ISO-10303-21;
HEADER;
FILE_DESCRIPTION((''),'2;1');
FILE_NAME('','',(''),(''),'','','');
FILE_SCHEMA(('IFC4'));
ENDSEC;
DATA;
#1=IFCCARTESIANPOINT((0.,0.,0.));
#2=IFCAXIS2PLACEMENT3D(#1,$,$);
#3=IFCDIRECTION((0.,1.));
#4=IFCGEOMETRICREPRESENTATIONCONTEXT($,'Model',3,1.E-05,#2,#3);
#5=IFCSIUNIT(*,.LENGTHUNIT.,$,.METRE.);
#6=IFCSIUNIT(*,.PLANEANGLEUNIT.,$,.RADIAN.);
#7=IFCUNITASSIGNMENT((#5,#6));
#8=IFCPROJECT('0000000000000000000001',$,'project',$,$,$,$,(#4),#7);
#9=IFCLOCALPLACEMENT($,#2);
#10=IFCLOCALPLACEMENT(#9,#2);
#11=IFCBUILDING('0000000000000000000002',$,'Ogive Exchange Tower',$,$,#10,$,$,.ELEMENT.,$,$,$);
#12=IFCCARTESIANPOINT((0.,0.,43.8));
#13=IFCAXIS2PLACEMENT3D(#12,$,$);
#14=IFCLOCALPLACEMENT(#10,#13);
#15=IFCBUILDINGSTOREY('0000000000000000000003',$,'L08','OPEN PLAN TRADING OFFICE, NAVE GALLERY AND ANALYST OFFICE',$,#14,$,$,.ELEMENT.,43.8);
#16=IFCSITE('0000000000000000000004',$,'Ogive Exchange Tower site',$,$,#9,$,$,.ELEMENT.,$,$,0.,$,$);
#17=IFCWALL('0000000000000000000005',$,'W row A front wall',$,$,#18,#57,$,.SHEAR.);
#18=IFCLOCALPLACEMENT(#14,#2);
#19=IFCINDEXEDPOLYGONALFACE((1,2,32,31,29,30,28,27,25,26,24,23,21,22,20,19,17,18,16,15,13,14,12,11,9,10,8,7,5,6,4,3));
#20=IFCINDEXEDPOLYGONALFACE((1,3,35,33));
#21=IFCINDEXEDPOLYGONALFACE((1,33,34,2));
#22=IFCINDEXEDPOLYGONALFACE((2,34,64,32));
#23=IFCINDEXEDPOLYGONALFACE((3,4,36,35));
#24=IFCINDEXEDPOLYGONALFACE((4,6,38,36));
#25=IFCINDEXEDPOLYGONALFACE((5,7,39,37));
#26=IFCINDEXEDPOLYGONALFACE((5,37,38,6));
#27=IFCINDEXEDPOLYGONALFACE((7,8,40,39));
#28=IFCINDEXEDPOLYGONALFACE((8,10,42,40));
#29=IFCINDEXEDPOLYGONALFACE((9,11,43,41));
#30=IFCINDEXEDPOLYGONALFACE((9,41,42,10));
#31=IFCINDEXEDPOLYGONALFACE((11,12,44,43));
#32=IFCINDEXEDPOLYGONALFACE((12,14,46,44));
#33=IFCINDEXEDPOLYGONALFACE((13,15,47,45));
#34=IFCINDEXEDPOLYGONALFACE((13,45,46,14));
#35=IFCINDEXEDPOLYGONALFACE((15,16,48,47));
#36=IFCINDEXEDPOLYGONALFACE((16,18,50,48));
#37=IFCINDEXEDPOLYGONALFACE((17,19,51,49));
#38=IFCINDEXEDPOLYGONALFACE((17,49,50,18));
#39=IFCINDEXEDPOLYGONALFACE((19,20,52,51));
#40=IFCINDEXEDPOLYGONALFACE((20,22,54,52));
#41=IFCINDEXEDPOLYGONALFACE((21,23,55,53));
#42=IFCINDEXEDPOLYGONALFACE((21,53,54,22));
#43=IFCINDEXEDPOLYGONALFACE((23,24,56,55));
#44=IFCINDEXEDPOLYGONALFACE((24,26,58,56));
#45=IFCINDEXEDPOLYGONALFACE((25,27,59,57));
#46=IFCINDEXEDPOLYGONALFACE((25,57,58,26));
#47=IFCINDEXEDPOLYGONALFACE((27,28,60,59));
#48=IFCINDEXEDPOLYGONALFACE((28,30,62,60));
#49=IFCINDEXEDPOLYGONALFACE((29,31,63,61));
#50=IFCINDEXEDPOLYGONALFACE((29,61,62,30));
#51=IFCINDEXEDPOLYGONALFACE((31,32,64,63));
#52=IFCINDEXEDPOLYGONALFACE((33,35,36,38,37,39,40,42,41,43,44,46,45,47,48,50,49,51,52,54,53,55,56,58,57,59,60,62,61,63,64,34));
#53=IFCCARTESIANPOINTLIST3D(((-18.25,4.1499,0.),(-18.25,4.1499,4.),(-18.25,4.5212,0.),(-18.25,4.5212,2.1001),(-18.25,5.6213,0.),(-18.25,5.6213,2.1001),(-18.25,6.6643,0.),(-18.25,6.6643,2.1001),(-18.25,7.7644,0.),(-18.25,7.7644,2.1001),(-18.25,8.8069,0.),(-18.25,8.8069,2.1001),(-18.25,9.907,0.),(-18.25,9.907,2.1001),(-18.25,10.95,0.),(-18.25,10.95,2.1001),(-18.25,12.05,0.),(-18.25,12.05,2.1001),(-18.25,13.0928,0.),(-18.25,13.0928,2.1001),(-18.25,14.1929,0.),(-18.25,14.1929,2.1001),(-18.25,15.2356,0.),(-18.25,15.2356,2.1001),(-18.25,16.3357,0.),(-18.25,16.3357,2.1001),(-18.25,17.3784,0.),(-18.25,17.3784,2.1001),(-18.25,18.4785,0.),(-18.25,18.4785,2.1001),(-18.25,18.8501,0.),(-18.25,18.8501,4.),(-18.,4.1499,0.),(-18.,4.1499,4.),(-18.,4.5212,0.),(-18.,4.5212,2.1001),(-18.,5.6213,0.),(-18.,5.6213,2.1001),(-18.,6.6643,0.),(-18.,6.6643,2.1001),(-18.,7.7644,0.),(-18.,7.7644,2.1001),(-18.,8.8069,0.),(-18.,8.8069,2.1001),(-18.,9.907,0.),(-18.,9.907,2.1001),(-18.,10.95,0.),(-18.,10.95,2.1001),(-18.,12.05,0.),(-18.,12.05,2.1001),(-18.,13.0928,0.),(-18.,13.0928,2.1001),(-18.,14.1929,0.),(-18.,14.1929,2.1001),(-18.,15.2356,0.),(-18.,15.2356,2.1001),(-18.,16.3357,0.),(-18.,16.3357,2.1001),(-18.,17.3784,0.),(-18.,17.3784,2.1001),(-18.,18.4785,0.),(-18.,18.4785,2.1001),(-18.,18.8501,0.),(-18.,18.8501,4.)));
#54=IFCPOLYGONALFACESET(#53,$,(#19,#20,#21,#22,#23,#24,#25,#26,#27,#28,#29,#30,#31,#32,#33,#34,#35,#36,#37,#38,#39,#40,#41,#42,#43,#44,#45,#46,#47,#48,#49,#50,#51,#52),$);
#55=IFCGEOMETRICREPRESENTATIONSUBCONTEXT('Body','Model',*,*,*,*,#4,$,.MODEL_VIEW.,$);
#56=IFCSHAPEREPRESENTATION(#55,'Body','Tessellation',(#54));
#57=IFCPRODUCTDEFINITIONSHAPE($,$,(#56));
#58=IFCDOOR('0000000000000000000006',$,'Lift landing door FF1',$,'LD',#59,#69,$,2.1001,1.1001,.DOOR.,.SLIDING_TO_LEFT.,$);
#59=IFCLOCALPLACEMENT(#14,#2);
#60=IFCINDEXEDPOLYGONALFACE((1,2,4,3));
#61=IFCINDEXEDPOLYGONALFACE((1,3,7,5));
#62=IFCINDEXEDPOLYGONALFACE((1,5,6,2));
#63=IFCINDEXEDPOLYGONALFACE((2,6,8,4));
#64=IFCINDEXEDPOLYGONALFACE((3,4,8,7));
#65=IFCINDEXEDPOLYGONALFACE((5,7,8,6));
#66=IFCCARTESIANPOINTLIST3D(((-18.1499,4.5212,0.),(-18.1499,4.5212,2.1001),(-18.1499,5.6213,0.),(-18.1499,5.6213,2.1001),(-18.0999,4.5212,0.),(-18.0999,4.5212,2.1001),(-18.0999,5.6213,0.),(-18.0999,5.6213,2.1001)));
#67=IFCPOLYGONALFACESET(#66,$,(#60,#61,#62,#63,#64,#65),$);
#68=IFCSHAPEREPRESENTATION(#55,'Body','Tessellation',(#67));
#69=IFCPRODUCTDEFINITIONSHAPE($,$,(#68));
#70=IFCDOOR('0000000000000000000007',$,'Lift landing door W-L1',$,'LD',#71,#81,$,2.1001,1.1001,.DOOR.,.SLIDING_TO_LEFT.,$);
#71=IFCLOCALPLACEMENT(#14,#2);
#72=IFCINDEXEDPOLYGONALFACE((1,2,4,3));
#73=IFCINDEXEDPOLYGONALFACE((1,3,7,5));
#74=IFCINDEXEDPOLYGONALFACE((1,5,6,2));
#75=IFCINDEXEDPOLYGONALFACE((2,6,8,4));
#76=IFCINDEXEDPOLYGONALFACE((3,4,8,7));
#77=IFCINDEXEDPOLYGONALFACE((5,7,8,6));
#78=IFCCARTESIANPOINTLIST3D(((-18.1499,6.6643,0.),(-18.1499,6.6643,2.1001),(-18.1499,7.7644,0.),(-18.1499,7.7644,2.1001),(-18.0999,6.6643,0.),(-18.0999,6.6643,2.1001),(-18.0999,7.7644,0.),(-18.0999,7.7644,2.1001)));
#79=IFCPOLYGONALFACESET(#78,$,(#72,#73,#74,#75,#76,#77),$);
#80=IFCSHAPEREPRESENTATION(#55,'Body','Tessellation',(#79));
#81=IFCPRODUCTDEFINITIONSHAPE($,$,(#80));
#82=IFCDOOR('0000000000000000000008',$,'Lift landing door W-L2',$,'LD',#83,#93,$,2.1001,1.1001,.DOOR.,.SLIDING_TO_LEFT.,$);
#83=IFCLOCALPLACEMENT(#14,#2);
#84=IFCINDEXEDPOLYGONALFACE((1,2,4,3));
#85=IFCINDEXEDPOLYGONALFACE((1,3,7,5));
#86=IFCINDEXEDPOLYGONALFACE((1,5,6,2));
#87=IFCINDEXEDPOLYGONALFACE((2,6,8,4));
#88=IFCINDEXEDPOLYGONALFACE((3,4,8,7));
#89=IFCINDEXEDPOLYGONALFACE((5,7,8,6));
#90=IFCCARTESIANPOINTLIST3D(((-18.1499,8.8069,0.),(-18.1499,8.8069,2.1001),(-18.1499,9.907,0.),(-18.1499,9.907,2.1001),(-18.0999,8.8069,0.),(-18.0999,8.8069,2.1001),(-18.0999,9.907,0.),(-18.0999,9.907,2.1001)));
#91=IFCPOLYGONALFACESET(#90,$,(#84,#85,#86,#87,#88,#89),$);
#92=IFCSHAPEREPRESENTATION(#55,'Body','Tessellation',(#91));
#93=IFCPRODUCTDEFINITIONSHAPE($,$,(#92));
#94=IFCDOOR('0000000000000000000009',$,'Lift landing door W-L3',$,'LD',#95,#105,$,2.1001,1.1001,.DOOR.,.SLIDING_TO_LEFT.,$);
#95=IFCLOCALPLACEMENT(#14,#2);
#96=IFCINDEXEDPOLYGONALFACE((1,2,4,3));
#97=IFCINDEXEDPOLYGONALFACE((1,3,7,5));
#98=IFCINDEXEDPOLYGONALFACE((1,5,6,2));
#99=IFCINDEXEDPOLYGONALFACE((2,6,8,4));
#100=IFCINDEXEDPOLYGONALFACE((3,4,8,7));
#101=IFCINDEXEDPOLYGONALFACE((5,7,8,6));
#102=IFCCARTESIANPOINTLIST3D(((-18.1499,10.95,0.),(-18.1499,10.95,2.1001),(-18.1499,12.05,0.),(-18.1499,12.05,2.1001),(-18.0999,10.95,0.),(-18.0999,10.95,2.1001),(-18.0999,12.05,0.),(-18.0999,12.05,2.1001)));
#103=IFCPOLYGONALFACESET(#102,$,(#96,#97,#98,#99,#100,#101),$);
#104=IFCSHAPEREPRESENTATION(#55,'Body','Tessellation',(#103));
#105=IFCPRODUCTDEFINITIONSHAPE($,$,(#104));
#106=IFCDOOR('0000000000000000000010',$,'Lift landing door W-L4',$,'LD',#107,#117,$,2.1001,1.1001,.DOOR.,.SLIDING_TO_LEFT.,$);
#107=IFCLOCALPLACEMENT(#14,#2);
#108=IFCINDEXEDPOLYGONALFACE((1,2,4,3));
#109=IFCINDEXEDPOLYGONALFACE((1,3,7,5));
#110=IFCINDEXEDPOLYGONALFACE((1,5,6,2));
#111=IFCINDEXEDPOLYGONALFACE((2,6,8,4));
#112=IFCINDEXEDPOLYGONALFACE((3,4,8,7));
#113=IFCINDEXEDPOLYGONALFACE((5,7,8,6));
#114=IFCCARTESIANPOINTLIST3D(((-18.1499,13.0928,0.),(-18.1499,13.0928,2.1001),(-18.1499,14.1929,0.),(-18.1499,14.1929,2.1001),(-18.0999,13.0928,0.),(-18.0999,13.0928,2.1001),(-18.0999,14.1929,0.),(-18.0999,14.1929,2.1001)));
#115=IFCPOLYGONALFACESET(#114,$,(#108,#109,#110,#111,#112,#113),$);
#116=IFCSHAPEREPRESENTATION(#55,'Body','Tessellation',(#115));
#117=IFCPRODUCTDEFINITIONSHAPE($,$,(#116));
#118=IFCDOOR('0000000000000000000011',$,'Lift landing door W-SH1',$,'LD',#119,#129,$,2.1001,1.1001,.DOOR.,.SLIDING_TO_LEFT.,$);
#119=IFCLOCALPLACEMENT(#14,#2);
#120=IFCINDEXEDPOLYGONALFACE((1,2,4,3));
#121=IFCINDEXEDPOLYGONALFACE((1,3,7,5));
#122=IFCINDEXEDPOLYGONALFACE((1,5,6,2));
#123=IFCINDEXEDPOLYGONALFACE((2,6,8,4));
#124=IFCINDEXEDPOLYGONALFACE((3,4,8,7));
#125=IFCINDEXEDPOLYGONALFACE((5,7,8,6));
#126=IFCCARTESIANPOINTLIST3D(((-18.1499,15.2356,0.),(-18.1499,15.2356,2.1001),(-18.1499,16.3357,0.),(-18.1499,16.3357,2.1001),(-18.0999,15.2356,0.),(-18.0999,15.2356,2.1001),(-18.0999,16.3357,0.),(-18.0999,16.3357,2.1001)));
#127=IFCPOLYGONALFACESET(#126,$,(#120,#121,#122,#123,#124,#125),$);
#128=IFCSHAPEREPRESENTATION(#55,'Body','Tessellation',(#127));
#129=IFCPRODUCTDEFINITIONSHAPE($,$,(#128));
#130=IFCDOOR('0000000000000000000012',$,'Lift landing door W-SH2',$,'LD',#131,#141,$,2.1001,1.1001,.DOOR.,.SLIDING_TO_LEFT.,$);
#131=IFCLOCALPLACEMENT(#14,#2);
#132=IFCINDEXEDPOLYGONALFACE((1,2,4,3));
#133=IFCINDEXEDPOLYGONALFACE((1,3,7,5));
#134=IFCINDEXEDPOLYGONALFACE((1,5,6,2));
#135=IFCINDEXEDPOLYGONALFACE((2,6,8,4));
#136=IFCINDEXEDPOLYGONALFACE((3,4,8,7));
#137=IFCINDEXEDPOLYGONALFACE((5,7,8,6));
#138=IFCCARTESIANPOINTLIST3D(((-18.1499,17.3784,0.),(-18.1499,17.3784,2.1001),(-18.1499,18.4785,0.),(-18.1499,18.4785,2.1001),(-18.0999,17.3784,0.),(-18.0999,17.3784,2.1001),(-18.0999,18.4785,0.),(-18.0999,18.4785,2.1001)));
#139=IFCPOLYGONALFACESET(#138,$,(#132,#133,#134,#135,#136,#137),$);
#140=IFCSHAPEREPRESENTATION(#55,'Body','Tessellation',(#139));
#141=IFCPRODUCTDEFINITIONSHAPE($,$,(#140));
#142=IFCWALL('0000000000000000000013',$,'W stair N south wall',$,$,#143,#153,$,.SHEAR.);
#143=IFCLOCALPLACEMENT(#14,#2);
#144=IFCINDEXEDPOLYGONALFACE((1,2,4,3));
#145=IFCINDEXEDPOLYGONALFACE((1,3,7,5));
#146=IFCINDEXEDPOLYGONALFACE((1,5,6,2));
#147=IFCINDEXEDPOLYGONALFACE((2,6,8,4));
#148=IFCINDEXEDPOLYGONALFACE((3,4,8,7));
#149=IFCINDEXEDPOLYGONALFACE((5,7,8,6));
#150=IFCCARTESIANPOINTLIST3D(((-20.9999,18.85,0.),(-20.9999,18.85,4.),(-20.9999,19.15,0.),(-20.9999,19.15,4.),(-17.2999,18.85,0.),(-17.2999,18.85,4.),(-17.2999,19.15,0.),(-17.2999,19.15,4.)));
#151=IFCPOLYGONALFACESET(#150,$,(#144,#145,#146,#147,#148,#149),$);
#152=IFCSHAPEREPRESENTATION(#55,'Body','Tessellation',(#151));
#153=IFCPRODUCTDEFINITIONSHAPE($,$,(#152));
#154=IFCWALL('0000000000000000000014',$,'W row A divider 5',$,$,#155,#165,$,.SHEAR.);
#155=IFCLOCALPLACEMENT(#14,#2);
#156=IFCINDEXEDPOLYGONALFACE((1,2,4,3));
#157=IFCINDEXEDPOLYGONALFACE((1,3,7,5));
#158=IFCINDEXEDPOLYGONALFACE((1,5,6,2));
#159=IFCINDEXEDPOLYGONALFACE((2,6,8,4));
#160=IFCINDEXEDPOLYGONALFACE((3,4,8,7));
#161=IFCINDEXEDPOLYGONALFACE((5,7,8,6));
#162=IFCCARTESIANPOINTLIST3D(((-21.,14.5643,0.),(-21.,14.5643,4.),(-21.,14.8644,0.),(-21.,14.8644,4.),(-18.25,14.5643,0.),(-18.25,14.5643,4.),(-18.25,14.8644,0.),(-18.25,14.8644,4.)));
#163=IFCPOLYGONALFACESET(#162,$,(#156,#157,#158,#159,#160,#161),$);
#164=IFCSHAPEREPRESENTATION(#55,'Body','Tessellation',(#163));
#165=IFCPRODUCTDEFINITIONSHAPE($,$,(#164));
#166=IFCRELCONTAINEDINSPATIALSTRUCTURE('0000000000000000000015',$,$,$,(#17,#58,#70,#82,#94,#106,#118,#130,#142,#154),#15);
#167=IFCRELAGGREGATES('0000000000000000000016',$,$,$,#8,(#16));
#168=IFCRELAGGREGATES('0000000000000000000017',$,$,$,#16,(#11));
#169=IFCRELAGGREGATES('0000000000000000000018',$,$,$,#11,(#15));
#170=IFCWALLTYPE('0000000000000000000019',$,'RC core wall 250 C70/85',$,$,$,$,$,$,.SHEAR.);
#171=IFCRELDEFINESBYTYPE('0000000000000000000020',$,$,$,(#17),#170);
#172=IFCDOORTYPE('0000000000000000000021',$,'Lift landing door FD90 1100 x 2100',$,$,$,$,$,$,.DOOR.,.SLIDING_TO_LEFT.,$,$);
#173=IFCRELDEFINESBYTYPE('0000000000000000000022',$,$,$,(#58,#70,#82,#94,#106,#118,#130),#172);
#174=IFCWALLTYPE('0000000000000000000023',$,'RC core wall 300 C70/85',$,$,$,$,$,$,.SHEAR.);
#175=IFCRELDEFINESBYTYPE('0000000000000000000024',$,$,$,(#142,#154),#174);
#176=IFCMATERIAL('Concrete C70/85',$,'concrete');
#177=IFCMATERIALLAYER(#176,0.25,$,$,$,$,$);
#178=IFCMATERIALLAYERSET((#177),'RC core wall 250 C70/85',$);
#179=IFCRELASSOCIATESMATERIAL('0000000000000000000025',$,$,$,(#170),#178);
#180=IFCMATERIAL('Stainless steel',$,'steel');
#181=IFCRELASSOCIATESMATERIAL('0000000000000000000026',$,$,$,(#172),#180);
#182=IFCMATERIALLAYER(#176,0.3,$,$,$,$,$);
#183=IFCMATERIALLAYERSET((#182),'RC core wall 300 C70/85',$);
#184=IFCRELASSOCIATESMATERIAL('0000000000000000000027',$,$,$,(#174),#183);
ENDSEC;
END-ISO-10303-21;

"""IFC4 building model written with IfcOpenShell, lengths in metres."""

from ifc_helpers import new_model, si_unit, direction, frame, frame_2d, origin, place, context, subcontext, project, spatial, rectangle, extrude, material, layer, layer_set, type_object, element, fill, save


model = new_model("IFC4")

# Units and contexts
model_context = context("Model", 3, precision=1e-05, world=origin(), true_north=direction((0.0, 1.0)))
body_context = subcontext(model_context, "Body", "Model", "MODEL_VIEW")
ifc_project = project(units=[si_unit("LENGTHUNIT", "METRE"), si_unit("PLANEANGLEUNIT", "RADIAN")], contexts=[model_context])

# Site, building, storey
site_placement = place(None, origin())
site = spatial("IfcSite", under=ifc_project, at=site_placement, Name="Ogive Exchange Tower site", CompositionType="ELEMENT", RefElevation=0.0)
building_placement = place(site_placement, origin())
building = spatial("IfcBuilding", under=site, at=building_placement, Name="Ogive Exchange Tower", CompositionType="ELEMENT")
storey_placement = place(building_placement, frame((0.0, 0.0, 43.8)))
storey = spatial("IfcBuildingStorey", under=building, at=storey_placement, Name="L08", Description="OPEN PLAN TRADING OFFICE, NAVE GALLERY AND ANALYST OFFICE", CompositionType="ELEMENT", Elevation=43.8)

# Shared definitions
ifc_material_1 = material(Name="Concrete C70/85", Category="concrete")
ifc_layer_1 = layer(ifc_material_1, 0.25)
ifc_layer_set_1 = layer_set([ifc_layer_1], Name="RC core wall 250 C70/85")
wall_type_1 = type_object("IfcWallType", Name="RC core wall 250 C70/85", PredefinedType="SHEAR", material=ifc_layer_set_1)

# Wall, openings, doors
wall_1_placement = place(storey_placement, frame((-18.125, 4.1499, 0.0), z_axis=(0.0, 0.0, 1.0), x_axis=(0.0, 1.0, 0.0)))
wall_1 = element("IfcWall", 1, at=wall_1_placement, inside=storey, type_object=wall_type_1, Name="W row A front wall", PredefinedType="SHEAR", context=body_context, shape_type="SweptSolid", body=[
    extrude(rectangle(XDim=14.7002, YDim=0.25, at=frame_2d((7.3501, 0.0))), origin(), (0.0, 0.0, 1.0), 4.0),
])
opening_1_placement = place(wall_1_placement, frame((0.3713, 0.0, 0.0)))
opening_1 = element("IfcOpeningElement", 2, at=opening_1_placement, cuts=wall_1, PredefinedType="OPENING", context=body_context, shape_type="SweptSolid", body=[
    extrude(rectangle(XDim=1.1001, YDim=2.1001, at=frame_2d((0.55, 1.05))), frame((0.0, 0.135, 0.0), z_axis=(0.0, -1.0, 0.0), x_axis=(1.0, 0.0, 0.0)), (0.0, 0.0, 1.0), 0.27),
])
opening_2_placement = place(wall_1_placement, frame((2.5144, 0.0, 0.0)))
opening_2 = element("IfcOpeningElement", 3, at=opening_2_placement, cuts=wall_1, PredefinedType="OPENING", context=body_context, shape_type="SweptSolid", body=[
    extrude(rectangle(XDim=1.1001, YDim=2.1001, at=frame_2d((0.55, 1.05))), frame((0.0, 0.135, 0.0), z_axis=(0.0, -1.0, 0.0), x_axis=(1.0, 0.0, 0.0)), (0.0, 0.0, 1.0), 0.27),
])
opening_3_placement = place(wall_1_placement, frame((4.657, 0.0, 0.0)))
opening_3 = element("IfcOpeningElement", 4, at=opening_3_placement, cuts=wall_1, PredefinedType="OPENING", context=body_context, shape_type="SweptSolid", body=[
    extrude(rectangle(XDim=1.1001, YDim=2.1001, at=frame_2d((0.55, 1.05))), frame((0.0, 0.135, 0.0), z_axis=(0.0, -1.0, 0.0), x_axis=(1.0, 0.0, 0.0)), (0.0, 0.0, 1.0), 0.27),
])
opening_4_placement = place(wall_1_placement, frame((6.8, 0.0, 0.0)))
opening_4 = element("IfcOpeningElement", 5, at=opening_4_placement, cuts=wall_1, PredefinedType="OPENING", context=body_context, shape_type="SweptSolid", body=[
    extrude(rectangle(XDim=1.1001, YDim=2.1001, at=frame_2d((0.55, 1.05))), frame((0.0, 0.135, 0.0), z_axis=(0.0, -1.0, 0.0), x_axis=(1.0, 0.0, 0.0)), (0.0, 0.0, 1.0), 0.27),
])
opening_5_placement = place(wall_1_placement, frame((8.9429, 0.0, 0.0)))
opening_5 = element("IfcOpeningElement", 6, at=opening_5_placement, cuts=wall_1, PredefinedType="OPENING", context=body_context, shape_type="SweptSolid", body=[
    extrude(rectangle(XDim=1.1001, YDim=2.1001, at=frame_2d((0.55, 1.05))), frame((0.0, 0.135, 0.0), z_axis=(0.0, -1.0, 0.0), x_axis=(1.0, 0.0, 0.0)), (0.0, 0.0, 1.0), 0.27),
])
opening_6_placement = place(wall_1_placement, frame((11.0857, 0.0, 0.0)))
opening_6 = element("IfcOpeningElement", 7, at=opening_6_placement, cuts=wall_1, PredefinedType="OPENING", context=body_context, shape_type="SweptSolid", body=[
    extrude(rectangle(XDim=1.1001, YDim=2.1001, at=frame_2d((0.55, 1.05))), frame((0.0, 0.135, 0.0), z_axis=(0.0, -1.0, 0.0), x_axis=(1.0, 0.0, 0.0)), (0.0, 0.0, 1.0), 0.27),
])
opening_7_placement = place(wall_1_placement, frame((13.2285, 0.0, 0.0)))
opening_7 = element("IfcOpeningElement", 8, at=opening_7_placement, cuts=wall_1, PredefinedType="OPENING", context=body_context, shape_type="SweptSolid", body=[
    extrude(rectangle(XDim=1.1001, YDim=2.1001, at=frame_2d((0.55, 1.05))), frame((0.0, 0.135, 0.0), z_axis=(0.0, -1.0, 0.0), x_axis=(1.0, 0.0, 0.0)), (0.0, 0.0, 1.0), 0.27),
])
ifc_material_2 = material(Name="Stainless steel", Category="steel")
door_type_1 = type_object("IfcDoorType", Name="Lift landing door FD90 1100 x 2100", OperationType="SLIDING_TO_LEFT", PredefinedType="DOOR", material=ifc_material_2)
door_1_placement = place(opening_1_placement, origin())
door_1 = element("IfcDoor", 9, at=door_1_placement, inside=storey, type_object=door_type_1, Name="Lift landing door FF1", ObjectType="LD", OperationType="SLIDING_TO_LEFT", OverallHeight=2.1001, OverallWidth=1.1001, PredefinedType="DOOR", context=body_context, shape_type="SweptSolid", body=[
    extrude(rectangle(XDim=1.1001, YDim=2.1001, at=frame_2d((0.55, 1.05))), frame((0.0, 0.0249, 0.0), z_axis=(0.0, -1.0, 0.0), x_axis=(1.0, 0.0, 0.0)), (0.0, 0.0, 1.0), 0.05),
])
fill(opening_1, door_1)
door_2_placement = place(opening_2_placement, origin())
door_2 = element("IfcDoor", 10, at=door_2_placement, inside=storey, type_object=door_type_1, Name="Lift landing door W-L1", ObjectType="LD", OperationType="SLIDING_TO_LEFT", OverallHeight=2.1001, OverallWidth=1.1001, PredefinedType="DOOR", context=body_context, shape_type="SweptSolid", body=[
    extrude(rectangle(XDim=1.1001, YDim=2.1001, at=frame_2d((0.55, 1.05))), frame((0.0, 0.0249, 0.0), z_axis=(0.0, -1.0, 0.0), x_axis=(1.0, 0.0, 0.0)), (0.0, 0.0, 1.0), 0.05),
])
fill(opening_2, door_2)
door_3_placement = place(opening_3_placement, origin())
door_3 = element("IfcDoor", 11, at=door_3_placement, inside=storey, type_object=door_type_1, Name="Lift landing door W-L2", ObjectType="LD", OperationType="SLIDING_TO_LEFT", OverallHeight=2.1001, OverallWidth=1.1001, PredefinedType="DOOR", context=body_context, shape_type="SweptSolid", body=[
    extrude(rectangle(XDim=1.1001, YDim=2.1001, at=frame_2d((0.55, 1.05))), frame((0.0, 0.0249, 0.0), z_axis=(0.0, -1.0, 0.0), x_axis=(1.0, 0.0, 0.0)), (0.0, 0.0, 1.0), 0.05),
])
fill(opening_3, door_3)
door_4_placement = place(opening_4_placement, origin())
door_4 = element("IfcDoor", 12, at=door_4_placement, inside=storey, type_object=door_type_1, Name="Lift landing door W-L3", ObjectType="LD", OperationType="SLIDING_TO_LEFT", OverallHeight=2.1001, OverallWidth=1.1001, PredefinedType="DOOR", context=body_context, shape_type="SweptSolid", body=[
    extrude(rectangle(XDim=1.1001, YDim=2.1001, at=frame_2d((0.55, 1.05))), frame((0.0, 0.0249, 0.0), z_axis=(0.0, -1.0, 0.0), x_axis=(1.0, 0.0, 0.0)), (0.0, 0.0, 1.0), 0.05),
])
fill(opening_4, door_4)
door_5_placement = place(opening_5_placement, origin())
door_5 = element("IfcDoor", 13, at=door_5_placement, inside=storey, type_object=door_type_1, Name="Lift landing door W-L4", ObjectType="LD", OperationType="SLIDING_TO_LEFT", OverallHeight=2.1001, OverallWidth=1.1001, PredefinedType="DOOR", context=body_context, shape_type="SweptSolid", body=[
    extrude(rectangle(XDim=1.1001, YDim=2.1001, at=frame_2d((0.55, 1.05))), frame((0.0, 0.0249, 0.0), z_axis=(0.0, -1.0, 0.0), x_axis=(1.0, 0.0, 0.0)), (0.0, 0.0, 1.0), 0.05),
])
fill(opening_5, door_5)
door_6_placement = place(opening_6_placement, origin())
door_6 = element("IfcDoor", 14, at=door_6_placement, inside=storey, type_object=door_type_1, Name="Lift landing door W-SH1", ObjectType="LD", OperationType="SLIDING_TO_LEFT", OverallHeight=2.1001, OverallWidth=1.1001, PredefinedType="DOOR", context=body_context, shape_type="SweptSolid", body=[
    extrude(rectangle(XDim=1.1001, YDim=2.1001, at=frame_2d((0.55, 1.05))), frame((0.0, 0.0249, 0.0), z_axis=(0.0, -1.0, 0.0), x_axis=(1.0, 0.0, 0.0)), (0.0, 0.0, 1.0), 0.05),
])
fill(opening_6, door_6)
door_7_placement = place(opening_7_placement, origin())
door_7 = element("IfcDoor", 15, at=door_7_placement, inside=storey, type_object=door_type_1, Name="Lift landing door W-SH2", ObjectType="LD", OperationType="SLIDING_TO_LEFT", OverallHeight=2.1001, OverallWidth=1.1001, PredefinedType="DOOR", context=body_context, shape_type="SweptSolid", body=[
    extrude(rectangle(XDim=1.1001, YDim=2.1001, at=frame_2d((0.55, 1.05))), frame((0.0, 0.0249, 0.0), z_axis=(0.0, -1.0, 0.0), x_axis=(1.0, 0.0, 0.0)), (0.0, 0.0, 1.0), 0.05),
])
fill(opening_7, door_7)

# Walls
ifc_layer_2 = layer(ifc_material_1, 0.3)
ifc_layer_set_2 = layer_set([ifc_layer_2], Name="RC core wall 300 C70/85")
wall_type_2 = type_object("IfcWallType", Name="RC core wall 300 C70/85", PredefinedType="SHEAR", material=ifc_layer_set_2)
wall_2_placement = place(storey_placement, frame((-21.0, 19.0, 0.0), z_axis=(0.0, 0.0, 1.0), x_axis=(1.0, 0.0, 0.0)))
element("IfcWall", 16, at=wall_2_placement, inside=storey, type_object=wall_type_2, Name="W stair N south wall", PredefinedType="SHEAR", context=body_context, shape_type="SweptSolid", body=[
    extrude(rectangle(XDim=3.7, YDim=0.3, at=frame_2d((1.8501, 0.0))), origin(), (0.0, 0.0, 1.0), 4.0),
])
wall_3_placement = place(storey_placement, frame((-21.0, 14.7144, 0.0), z_axis=(0.0, 0.0, 1.0), x_axis=(1.0, 0.0, 0.0)))
element("IfcWall", 17, at=wall_3_placement, inside=storey, type_object=wall_type_2, Name="W row A divider 5", PredefinedType="SHEAR", context=body_context, shape_type="SweptSolid", body=[
    extrude(rectangle(XDim=2.75, YDim=0.3, at=frame_2d((1.375, 0.0))), origin(), (0.0, 0.0, 1.0), 4.0),
])

save(model, "model.ifc")
